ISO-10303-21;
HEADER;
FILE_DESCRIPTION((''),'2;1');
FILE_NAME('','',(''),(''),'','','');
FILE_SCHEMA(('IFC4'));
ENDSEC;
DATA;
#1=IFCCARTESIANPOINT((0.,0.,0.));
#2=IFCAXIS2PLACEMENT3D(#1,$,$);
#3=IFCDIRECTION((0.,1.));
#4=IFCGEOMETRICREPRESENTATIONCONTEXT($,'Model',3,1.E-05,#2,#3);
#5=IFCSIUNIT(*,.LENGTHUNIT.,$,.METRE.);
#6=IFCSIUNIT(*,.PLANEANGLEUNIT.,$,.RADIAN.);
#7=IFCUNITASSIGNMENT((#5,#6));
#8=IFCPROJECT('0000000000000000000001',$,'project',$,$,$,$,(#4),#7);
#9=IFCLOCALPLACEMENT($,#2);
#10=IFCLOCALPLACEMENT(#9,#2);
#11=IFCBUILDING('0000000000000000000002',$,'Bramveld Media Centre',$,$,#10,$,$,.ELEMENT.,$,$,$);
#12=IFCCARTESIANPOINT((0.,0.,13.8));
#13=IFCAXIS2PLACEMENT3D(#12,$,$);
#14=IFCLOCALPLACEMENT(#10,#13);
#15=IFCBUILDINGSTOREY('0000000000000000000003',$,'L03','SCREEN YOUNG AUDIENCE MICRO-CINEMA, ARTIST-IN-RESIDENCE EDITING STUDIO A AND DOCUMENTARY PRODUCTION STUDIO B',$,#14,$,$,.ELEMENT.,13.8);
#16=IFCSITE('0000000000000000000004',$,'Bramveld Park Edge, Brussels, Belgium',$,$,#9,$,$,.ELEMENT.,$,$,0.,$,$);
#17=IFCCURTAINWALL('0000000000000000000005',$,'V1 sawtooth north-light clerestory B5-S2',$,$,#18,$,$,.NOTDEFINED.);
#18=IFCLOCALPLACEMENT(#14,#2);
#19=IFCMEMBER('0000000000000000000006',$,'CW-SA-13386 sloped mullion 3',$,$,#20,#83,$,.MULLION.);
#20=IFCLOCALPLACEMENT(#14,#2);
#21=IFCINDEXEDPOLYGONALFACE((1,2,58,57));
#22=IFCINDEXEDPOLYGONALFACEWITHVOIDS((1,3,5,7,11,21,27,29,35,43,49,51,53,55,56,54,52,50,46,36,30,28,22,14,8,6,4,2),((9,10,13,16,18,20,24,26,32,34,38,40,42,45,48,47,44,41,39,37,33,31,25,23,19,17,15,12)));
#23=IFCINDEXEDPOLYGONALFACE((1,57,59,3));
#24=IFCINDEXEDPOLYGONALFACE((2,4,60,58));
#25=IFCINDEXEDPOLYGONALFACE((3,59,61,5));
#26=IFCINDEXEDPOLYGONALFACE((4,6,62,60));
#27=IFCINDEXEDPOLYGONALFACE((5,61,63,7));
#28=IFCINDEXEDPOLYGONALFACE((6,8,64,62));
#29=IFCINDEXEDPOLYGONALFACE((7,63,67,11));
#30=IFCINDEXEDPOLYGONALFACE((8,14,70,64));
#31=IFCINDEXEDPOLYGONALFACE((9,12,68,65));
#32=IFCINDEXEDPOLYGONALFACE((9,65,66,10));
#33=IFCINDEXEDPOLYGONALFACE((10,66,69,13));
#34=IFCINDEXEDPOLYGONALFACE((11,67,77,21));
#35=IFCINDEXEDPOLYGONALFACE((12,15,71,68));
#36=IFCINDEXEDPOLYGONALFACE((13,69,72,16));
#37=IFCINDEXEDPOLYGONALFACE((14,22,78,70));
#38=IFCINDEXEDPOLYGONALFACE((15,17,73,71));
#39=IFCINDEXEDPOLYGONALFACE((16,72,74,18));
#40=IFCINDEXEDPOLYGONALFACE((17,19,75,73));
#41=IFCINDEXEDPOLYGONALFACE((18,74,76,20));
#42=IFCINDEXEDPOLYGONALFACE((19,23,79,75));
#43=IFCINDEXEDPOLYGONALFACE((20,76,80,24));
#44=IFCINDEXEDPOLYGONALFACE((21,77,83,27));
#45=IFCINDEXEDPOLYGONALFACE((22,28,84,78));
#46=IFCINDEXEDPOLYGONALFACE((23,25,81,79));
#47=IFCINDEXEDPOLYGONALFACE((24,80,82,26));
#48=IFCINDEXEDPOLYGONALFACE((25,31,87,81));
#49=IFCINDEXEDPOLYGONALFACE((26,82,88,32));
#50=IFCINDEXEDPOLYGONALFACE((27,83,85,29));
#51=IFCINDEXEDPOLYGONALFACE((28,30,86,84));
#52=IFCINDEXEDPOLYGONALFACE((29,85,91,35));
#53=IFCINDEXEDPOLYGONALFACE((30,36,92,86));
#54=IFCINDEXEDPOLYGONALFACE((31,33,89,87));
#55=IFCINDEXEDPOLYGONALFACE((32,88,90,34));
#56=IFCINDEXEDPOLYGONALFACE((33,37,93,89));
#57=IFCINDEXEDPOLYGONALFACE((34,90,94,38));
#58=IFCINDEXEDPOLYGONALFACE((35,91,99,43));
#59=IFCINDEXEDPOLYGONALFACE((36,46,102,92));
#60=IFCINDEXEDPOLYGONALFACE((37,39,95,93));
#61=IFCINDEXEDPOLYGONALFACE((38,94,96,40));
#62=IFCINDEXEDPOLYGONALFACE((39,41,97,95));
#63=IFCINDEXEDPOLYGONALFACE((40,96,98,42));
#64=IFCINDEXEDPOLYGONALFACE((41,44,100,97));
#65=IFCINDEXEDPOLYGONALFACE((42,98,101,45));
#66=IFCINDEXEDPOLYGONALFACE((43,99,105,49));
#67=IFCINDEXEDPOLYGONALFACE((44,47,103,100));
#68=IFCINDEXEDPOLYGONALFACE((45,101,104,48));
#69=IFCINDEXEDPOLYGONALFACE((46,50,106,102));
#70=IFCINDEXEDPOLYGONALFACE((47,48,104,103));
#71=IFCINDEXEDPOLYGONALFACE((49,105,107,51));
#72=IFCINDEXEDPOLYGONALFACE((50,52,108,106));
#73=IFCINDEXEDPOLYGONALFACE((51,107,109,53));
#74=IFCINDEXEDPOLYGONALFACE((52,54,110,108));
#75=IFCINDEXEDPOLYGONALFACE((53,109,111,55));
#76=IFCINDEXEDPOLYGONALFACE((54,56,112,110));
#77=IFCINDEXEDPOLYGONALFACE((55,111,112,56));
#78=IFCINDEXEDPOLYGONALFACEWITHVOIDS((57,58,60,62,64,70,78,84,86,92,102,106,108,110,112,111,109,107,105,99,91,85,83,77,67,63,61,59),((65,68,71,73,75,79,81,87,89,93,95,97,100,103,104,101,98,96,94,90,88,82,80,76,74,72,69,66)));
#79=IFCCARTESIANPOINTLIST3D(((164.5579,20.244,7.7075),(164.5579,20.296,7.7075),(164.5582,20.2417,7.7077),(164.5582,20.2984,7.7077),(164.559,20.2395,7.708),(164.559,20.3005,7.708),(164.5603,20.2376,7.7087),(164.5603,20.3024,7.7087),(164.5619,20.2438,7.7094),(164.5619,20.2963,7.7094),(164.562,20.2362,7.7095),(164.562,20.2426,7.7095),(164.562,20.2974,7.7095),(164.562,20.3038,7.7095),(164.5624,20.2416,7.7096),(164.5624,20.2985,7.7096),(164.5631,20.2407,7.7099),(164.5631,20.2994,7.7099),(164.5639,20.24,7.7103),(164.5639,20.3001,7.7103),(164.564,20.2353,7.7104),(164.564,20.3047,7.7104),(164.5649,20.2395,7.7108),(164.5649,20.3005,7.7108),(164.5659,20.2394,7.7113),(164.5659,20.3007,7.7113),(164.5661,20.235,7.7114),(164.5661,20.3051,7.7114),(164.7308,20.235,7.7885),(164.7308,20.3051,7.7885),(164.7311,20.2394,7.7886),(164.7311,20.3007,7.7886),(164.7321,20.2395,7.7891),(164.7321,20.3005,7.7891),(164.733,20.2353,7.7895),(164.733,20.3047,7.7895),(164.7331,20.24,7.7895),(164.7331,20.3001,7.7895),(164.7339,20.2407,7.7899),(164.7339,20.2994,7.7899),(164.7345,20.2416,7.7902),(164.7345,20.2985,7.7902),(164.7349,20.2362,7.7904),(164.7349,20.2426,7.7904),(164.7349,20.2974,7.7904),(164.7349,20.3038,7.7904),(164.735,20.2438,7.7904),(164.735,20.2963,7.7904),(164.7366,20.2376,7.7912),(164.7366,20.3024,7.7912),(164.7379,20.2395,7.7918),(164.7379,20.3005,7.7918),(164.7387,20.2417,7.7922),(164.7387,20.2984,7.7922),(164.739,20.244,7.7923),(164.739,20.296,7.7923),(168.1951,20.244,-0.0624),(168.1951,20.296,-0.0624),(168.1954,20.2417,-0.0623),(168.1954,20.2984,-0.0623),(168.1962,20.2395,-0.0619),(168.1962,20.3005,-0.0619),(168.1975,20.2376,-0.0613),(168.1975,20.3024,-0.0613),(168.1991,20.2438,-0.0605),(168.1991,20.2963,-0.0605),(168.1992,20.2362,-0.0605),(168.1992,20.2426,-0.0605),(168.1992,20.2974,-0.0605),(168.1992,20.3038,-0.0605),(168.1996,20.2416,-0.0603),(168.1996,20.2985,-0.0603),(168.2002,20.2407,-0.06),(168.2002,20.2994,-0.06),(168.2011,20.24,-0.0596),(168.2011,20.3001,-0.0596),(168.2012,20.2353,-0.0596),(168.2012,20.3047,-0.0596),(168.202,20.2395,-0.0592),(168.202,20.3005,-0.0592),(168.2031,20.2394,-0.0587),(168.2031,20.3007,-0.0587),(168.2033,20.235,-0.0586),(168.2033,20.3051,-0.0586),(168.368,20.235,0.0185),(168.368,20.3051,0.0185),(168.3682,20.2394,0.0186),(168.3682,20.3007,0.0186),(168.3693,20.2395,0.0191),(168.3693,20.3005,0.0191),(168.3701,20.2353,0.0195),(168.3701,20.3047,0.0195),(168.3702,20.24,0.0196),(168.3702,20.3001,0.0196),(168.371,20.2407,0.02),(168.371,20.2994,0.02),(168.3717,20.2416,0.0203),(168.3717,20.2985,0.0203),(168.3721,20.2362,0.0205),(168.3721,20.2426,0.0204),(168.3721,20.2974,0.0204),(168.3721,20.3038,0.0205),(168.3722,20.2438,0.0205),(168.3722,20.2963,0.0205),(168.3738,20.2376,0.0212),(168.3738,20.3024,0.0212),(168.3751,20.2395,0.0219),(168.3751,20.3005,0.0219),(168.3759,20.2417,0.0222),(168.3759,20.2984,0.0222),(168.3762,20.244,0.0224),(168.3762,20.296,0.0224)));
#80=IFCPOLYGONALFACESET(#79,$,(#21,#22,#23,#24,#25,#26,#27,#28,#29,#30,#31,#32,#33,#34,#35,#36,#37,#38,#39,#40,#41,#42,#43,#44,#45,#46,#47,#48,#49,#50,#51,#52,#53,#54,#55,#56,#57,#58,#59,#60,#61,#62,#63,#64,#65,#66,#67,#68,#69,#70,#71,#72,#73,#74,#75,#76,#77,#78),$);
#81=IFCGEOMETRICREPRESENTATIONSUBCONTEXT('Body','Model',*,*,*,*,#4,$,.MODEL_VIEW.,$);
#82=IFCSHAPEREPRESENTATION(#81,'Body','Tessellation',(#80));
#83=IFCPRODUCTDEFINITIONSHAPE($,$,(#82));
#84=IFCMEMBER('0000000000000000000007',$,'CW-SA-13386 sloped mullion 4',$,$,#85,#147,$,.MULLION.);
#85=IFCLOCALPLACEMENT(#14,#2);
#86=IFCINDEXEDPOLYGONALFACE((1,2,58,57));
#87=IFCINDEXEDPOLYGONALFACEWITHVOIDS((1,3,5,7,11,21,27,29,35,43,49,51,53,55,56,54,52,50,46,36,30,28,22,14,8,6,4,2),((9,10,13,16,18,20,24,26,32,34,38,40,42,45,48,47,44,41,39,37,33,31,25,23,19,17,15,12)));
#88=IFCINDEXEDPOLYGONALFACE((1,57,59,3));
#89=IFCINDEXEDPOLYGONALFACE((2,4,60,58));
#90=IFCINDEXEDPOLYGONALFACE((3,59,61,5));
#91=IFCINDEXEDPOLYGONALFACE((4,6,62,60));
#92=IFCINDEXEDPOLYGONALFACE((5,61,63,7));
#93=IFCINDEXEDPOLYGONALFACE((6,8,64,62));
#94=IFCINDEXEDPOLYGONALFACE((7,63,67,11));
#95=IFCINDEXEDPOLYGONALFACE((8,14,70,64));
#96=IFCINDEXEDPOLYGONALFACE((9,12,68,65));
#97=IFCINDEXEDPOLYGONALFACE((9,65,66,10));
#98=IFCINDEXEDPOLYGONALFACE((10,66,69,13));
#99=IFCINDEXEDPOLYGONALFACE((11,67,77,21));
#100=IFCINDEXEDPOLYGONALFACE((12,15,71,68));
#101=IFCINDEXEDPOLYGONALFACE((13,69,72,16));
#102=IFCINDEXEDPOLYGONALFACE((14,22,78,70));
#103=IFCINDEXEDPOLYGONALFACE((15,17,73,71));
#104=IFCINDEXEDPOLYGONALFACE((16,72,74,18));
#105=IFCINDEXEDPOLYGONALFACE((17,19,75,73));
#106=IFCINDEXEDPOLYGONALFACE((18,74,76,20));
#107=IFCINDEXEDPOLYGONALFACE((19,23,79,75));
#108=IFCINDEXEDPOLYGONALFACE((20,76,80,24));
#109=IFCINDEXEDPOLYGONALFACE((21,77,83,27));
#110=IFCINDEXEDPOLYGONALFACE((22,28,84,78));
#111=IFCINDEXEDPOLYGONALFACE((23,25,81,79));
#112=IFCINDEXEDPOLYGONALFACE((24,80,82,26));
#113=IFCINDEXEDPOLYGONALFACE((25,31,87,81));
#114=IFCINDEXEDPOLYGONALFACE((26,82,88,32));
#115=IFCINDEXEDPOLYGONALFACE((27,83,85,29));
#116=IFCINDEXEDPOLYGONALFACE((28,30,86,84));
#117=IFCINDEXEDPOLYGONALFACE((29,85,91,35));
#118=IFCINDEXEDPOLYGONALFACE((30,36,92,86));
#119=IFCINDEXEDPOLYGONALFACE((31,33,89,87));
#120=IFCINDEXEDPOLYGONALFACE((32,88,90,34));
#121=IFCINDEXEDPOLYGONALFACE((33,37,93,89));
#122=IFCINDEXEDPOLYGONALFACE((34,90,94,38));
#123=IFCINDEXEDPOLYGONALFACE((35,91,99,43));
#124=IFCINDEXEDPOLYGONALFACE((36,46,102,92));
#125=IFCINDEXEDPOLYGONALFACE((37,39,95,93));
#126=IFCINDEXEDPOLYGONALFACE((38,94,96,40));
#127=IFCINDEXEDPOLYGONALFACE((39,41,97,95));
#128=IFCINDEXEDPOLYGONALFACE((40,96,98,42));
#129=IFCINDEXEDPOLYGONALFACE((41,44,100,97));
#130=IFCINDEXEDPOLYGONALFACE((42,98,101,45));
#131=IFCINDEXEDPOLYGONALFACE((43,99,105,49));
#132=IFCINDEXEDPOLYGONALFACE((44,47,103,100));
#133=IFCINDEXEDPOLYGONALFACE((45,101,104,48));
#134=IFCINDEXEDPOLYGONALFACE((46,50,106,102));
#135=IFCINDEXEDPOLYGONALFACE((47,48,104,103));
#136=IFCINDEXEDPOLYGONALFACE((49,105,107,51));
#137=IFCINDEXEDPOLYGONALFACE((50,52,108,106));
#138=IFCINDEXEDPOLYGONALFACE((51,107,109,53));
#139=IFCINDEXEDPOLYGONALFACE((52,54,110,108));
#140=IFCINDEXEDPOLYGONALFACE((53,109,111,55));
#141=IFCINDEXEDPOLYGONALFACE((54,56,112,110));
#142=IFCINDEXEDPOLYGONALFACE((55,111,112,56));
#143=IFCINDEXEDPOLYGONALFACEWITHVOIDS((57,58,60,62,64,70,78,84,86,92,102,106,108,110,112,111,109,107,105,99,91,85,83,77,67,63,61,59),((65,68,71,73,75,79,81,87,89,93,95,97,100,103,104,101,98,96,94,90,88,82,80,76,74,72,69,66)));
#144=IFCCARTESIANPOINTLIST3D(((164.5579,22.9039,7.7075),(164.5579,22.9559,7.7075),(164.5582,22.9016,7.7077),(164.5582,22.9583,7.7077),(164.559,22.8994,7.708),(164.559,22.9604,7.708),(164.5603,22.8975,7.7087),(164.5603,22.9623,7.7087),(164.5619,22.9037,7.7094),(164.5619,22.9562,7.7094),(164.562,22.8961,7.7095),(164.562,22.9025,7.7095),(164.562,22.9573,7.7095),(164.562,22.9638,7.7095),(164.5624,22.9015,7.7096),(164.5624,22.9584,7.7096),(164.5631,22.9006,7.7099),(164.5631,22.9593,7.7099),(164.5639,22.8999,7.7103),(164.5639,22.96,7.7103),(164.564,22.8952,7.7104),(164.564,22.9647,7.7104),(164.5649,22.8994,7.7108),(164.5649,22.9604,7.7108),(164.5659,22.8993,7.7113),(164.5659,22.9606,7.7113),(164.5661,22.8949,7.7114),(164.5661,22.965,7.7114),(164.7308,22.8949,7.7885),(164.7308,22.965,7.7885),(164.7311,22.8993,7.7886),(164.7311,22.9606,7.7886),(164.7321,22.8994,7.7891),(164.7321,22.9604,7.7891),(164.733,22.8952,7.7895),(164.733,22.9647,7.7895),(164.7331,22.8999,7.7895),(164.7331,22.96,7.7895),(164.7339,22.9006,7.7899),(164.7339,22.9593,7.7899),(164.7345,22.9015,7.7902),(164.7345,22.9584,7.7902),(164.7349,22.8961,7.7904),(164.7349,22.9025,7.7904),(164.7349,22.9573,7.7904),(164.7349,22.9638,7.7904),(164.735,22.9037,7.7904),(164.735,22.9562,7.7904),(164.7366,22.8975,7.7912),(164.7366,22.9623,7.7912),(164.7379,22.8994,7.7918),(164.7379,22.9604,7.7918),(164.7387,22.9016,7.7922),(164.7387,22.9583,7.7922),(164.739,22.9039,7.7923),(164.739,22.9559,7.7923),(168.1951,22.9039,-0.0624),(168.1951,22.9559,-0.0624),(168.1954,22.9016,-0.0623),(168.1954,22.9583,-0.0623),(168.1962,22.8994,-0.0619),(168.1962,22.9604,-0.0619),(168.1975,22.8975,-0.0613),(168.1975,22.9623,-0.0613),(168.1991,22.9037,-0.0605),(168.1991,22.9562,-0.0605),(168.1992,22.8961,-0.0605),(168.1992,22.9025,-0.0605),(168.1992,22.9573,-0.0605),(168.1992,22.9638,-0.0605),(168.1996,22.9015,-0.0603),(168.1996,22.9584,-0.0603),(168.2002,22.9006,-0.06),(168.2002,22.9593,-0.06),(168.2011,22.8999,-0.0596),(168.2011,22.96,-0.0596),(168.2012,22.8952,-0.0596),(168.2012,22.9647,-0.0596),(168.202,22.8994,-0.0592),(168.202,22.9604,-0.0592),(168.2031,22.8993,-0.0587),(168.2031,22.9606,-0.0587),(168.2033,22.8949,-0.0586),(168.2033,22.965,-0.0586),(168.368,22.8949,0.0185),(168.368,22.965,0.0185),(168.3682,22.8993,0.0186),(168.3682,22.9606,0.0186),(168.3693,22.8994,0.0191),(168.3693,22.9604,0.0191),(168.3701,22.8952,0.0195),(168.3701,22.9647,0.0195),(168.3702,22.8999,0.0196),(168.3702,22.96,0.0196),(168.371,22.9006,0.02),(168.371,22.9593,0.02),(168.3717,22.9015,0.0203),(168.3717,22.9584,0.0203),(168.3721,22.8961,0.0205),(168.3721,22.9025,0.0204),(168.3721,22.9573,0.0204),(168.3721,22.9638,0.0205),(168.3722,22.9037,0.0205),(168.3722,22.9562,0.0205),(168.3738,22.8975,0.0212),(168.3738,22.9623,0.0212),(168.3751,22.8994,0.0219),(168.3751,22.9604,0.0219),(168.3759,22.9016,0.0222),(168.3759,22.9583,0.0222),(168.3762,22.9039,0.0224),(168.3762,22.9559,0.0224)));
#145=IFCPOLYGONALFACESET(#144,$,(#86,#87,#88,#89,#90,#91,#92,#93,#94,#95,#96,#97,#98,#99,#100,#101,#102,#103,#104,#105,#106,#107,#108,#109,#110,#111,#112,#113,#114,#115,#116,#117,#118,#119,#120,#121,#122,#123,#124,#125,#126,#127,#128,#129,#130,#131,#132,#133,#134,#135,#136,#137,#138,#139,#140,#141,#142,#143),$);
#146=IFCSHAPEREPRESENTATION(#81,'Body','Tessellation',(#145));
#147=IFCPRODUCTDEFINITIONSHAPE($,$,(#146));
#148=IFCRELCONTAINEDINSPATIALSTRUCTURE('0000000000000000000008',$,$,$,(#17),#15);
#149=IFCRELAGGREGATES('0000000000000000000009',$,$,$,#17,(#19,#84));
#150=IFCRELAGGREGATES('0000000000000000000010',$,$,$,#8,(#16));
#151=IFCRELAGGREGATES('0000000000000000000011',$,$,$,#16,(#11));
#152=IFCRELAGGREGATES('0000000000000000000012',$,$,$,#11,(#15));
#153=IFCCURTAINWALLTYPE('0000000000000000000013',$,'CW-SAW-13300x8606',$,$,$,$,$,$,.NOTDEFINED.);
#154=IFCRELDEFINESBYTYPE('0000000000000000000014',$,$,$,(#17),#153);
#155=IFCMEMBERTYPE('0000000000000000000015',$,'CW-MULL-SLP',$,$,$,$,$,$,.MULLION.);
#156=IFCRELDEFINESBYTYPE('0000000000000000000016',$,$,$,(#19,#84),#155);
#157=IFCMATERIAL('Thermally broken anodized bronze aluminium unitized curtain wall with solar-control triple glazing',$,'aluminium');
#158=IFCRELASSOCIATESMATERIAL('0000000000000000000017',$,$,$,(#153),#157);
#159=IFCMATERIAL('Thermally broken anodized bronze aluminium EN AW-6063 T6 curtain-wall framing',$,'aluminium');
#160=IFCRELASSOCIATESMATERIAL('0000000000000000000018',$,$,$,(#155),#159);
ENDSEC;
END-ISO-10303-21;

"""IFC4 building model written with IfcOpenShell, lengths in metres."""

from ifc_helpers import new_model, si_unit, direction, frame, origin, origin_2d, place, context, subcontext, project, spatial, hollow_rectangle, extrude, material, material_profile, profile_set, type_object, element, aggregate, save


model = new_model("IFC4")

# Units and contexts
model_context = context("Model", 3, precision=1e-05, world=origin(), true_north=direction((0.0, 1.0)))
body_context = subcontext(model_context, "Body", "Model", "MODEL_VIEW")
ifc_project = project(units=[si_unit("LENGTHUNIT", "METRE"), si_unit("PLANEANGLEUNIT", "RADIAN")], contexts=[model_context])

# Site, building, storey
site_placement = place(None, origin())
site = spatial("IfcSite", under=ifc_project, at=site_placement, Name="Bramveld Park Edge, Brussels, Belgium", CompositionType="ELEMENT", RefElevation=0.0)
building_placement = place(site_placement, origin())
building = spatial("IfcBuilding", under=site, at=building_placement, Name="Bramveld Media Centre", CompositionType="ELEMENT")
storey_placement = place(building_placement, frame((0.0, 0.0, 13.8)))
storey = spatial("IfcBuildingStorey", under=building, at=storey_placement, Name="L03", Description="SCREEN YOUNG AUDIENCE MICRO-CINEMA, ARTIST-IN-RESIDENCE EDITING STUDIO A AND DOCUMENTARY PRODUCTION STUDIO B", CompositionType="ELEMENT", Elevation=13.8)

# Curtain wall, members
ifc_material_1 = material(Name="Thermally broken anodized bronze aluminium unitized curtain wall with solar-control triple glazing", Category="aluminium")
curtain_wall_type = type_object("IfcCurtainWallType", Name="CW-SAW-13300x8606", PredefinedType="NOTDEFINED", material=ifc_material_1)
curtain_wall_placement = place(storey_placement, origin())
curtain_wall = element("IfcCurtainWall", 1, at=curtain_wall_placement, inside=storey, type_object=curtain_wall_type, Name="V1 sawtooth north-light clerestory B5-S2", PredefinedType="NOTDEFINED")
ifc_material_2 = material(Name="Thermally broken anodized bronze aluminium EN AW-6063 T6 curtain-wall framing", Category="aluminium")
ifc_material_profile_1 = material_profile(ifc_material_2, hollow_rectangle(XDim=0.0701, YDim=0.2, WallThickness=0.0044, InnerFilletRadius=0.0044, OuterFilletRadius=0.009, at=origin_2d()), Name="AL-MULL 70x200")
ifc_profile_set_1 = profile_set([ifc_material_profile_1], Name="Thermally broken anodized bronze aluminium EN AW-6063 T6 curtain-wall framing")
member_type_1 = type_object("IfcMemberType", Name="CW-MULL-SLP", PredefinedType="MULLION", material=ifc_profile_set_1)
member_1_placement = place(storey_placement, frame((168.2856, 20.27, -0.02), z_axis=(-0.423957, 0.0, 0.905682), x_axis=(0.0, -1.0, 0.0)))
member_1 = element("IfcMember", 2, at=member_1_placement, type_object=member_type_1, Name="CW-SA-13386 sloped mullion 3", PredefinedType="MULLION", context=body_context, shape_type="SweptSolid", body=[
    extrude(hollow_rectangle(XDim=0.0701, YDim=0.2, WallThickness=0.0044, InnerFilletRadius=0.0044, OuterFilletRadius=0.009, at=origin_2d()), origin(), (0.0, 0.0, 1.0), 8.5791),
])
member_2_placement = place(storey_placement, frame((168.2856, 22.9299, -0.02), z_axis=(-0.423957, 0.0, 0.905682), x_axis=(0.0, -1.0, 0.0)))
member_2 = element("IfcMember", 3, at=member_2_placement, type_object=member_type_1, Name="CW-SA-13386 sloped mullion 4", PredefinedType="MULLION", context=body_context, shape_type="SweptSolid", body=[
    extrude(hollow_rectangle(XDim=0.0701, YDim=0.2, WallThickness=0.0044, InnerFilletRadius=0.0044, OuterFilletRadius=0.009, at=origin_2d()), origin(), (0.0, 0.0, 1.0), 8.5791),
])

aggregate(curtain_wall, [member_1, member_2])

save(model, "model.ifc")
